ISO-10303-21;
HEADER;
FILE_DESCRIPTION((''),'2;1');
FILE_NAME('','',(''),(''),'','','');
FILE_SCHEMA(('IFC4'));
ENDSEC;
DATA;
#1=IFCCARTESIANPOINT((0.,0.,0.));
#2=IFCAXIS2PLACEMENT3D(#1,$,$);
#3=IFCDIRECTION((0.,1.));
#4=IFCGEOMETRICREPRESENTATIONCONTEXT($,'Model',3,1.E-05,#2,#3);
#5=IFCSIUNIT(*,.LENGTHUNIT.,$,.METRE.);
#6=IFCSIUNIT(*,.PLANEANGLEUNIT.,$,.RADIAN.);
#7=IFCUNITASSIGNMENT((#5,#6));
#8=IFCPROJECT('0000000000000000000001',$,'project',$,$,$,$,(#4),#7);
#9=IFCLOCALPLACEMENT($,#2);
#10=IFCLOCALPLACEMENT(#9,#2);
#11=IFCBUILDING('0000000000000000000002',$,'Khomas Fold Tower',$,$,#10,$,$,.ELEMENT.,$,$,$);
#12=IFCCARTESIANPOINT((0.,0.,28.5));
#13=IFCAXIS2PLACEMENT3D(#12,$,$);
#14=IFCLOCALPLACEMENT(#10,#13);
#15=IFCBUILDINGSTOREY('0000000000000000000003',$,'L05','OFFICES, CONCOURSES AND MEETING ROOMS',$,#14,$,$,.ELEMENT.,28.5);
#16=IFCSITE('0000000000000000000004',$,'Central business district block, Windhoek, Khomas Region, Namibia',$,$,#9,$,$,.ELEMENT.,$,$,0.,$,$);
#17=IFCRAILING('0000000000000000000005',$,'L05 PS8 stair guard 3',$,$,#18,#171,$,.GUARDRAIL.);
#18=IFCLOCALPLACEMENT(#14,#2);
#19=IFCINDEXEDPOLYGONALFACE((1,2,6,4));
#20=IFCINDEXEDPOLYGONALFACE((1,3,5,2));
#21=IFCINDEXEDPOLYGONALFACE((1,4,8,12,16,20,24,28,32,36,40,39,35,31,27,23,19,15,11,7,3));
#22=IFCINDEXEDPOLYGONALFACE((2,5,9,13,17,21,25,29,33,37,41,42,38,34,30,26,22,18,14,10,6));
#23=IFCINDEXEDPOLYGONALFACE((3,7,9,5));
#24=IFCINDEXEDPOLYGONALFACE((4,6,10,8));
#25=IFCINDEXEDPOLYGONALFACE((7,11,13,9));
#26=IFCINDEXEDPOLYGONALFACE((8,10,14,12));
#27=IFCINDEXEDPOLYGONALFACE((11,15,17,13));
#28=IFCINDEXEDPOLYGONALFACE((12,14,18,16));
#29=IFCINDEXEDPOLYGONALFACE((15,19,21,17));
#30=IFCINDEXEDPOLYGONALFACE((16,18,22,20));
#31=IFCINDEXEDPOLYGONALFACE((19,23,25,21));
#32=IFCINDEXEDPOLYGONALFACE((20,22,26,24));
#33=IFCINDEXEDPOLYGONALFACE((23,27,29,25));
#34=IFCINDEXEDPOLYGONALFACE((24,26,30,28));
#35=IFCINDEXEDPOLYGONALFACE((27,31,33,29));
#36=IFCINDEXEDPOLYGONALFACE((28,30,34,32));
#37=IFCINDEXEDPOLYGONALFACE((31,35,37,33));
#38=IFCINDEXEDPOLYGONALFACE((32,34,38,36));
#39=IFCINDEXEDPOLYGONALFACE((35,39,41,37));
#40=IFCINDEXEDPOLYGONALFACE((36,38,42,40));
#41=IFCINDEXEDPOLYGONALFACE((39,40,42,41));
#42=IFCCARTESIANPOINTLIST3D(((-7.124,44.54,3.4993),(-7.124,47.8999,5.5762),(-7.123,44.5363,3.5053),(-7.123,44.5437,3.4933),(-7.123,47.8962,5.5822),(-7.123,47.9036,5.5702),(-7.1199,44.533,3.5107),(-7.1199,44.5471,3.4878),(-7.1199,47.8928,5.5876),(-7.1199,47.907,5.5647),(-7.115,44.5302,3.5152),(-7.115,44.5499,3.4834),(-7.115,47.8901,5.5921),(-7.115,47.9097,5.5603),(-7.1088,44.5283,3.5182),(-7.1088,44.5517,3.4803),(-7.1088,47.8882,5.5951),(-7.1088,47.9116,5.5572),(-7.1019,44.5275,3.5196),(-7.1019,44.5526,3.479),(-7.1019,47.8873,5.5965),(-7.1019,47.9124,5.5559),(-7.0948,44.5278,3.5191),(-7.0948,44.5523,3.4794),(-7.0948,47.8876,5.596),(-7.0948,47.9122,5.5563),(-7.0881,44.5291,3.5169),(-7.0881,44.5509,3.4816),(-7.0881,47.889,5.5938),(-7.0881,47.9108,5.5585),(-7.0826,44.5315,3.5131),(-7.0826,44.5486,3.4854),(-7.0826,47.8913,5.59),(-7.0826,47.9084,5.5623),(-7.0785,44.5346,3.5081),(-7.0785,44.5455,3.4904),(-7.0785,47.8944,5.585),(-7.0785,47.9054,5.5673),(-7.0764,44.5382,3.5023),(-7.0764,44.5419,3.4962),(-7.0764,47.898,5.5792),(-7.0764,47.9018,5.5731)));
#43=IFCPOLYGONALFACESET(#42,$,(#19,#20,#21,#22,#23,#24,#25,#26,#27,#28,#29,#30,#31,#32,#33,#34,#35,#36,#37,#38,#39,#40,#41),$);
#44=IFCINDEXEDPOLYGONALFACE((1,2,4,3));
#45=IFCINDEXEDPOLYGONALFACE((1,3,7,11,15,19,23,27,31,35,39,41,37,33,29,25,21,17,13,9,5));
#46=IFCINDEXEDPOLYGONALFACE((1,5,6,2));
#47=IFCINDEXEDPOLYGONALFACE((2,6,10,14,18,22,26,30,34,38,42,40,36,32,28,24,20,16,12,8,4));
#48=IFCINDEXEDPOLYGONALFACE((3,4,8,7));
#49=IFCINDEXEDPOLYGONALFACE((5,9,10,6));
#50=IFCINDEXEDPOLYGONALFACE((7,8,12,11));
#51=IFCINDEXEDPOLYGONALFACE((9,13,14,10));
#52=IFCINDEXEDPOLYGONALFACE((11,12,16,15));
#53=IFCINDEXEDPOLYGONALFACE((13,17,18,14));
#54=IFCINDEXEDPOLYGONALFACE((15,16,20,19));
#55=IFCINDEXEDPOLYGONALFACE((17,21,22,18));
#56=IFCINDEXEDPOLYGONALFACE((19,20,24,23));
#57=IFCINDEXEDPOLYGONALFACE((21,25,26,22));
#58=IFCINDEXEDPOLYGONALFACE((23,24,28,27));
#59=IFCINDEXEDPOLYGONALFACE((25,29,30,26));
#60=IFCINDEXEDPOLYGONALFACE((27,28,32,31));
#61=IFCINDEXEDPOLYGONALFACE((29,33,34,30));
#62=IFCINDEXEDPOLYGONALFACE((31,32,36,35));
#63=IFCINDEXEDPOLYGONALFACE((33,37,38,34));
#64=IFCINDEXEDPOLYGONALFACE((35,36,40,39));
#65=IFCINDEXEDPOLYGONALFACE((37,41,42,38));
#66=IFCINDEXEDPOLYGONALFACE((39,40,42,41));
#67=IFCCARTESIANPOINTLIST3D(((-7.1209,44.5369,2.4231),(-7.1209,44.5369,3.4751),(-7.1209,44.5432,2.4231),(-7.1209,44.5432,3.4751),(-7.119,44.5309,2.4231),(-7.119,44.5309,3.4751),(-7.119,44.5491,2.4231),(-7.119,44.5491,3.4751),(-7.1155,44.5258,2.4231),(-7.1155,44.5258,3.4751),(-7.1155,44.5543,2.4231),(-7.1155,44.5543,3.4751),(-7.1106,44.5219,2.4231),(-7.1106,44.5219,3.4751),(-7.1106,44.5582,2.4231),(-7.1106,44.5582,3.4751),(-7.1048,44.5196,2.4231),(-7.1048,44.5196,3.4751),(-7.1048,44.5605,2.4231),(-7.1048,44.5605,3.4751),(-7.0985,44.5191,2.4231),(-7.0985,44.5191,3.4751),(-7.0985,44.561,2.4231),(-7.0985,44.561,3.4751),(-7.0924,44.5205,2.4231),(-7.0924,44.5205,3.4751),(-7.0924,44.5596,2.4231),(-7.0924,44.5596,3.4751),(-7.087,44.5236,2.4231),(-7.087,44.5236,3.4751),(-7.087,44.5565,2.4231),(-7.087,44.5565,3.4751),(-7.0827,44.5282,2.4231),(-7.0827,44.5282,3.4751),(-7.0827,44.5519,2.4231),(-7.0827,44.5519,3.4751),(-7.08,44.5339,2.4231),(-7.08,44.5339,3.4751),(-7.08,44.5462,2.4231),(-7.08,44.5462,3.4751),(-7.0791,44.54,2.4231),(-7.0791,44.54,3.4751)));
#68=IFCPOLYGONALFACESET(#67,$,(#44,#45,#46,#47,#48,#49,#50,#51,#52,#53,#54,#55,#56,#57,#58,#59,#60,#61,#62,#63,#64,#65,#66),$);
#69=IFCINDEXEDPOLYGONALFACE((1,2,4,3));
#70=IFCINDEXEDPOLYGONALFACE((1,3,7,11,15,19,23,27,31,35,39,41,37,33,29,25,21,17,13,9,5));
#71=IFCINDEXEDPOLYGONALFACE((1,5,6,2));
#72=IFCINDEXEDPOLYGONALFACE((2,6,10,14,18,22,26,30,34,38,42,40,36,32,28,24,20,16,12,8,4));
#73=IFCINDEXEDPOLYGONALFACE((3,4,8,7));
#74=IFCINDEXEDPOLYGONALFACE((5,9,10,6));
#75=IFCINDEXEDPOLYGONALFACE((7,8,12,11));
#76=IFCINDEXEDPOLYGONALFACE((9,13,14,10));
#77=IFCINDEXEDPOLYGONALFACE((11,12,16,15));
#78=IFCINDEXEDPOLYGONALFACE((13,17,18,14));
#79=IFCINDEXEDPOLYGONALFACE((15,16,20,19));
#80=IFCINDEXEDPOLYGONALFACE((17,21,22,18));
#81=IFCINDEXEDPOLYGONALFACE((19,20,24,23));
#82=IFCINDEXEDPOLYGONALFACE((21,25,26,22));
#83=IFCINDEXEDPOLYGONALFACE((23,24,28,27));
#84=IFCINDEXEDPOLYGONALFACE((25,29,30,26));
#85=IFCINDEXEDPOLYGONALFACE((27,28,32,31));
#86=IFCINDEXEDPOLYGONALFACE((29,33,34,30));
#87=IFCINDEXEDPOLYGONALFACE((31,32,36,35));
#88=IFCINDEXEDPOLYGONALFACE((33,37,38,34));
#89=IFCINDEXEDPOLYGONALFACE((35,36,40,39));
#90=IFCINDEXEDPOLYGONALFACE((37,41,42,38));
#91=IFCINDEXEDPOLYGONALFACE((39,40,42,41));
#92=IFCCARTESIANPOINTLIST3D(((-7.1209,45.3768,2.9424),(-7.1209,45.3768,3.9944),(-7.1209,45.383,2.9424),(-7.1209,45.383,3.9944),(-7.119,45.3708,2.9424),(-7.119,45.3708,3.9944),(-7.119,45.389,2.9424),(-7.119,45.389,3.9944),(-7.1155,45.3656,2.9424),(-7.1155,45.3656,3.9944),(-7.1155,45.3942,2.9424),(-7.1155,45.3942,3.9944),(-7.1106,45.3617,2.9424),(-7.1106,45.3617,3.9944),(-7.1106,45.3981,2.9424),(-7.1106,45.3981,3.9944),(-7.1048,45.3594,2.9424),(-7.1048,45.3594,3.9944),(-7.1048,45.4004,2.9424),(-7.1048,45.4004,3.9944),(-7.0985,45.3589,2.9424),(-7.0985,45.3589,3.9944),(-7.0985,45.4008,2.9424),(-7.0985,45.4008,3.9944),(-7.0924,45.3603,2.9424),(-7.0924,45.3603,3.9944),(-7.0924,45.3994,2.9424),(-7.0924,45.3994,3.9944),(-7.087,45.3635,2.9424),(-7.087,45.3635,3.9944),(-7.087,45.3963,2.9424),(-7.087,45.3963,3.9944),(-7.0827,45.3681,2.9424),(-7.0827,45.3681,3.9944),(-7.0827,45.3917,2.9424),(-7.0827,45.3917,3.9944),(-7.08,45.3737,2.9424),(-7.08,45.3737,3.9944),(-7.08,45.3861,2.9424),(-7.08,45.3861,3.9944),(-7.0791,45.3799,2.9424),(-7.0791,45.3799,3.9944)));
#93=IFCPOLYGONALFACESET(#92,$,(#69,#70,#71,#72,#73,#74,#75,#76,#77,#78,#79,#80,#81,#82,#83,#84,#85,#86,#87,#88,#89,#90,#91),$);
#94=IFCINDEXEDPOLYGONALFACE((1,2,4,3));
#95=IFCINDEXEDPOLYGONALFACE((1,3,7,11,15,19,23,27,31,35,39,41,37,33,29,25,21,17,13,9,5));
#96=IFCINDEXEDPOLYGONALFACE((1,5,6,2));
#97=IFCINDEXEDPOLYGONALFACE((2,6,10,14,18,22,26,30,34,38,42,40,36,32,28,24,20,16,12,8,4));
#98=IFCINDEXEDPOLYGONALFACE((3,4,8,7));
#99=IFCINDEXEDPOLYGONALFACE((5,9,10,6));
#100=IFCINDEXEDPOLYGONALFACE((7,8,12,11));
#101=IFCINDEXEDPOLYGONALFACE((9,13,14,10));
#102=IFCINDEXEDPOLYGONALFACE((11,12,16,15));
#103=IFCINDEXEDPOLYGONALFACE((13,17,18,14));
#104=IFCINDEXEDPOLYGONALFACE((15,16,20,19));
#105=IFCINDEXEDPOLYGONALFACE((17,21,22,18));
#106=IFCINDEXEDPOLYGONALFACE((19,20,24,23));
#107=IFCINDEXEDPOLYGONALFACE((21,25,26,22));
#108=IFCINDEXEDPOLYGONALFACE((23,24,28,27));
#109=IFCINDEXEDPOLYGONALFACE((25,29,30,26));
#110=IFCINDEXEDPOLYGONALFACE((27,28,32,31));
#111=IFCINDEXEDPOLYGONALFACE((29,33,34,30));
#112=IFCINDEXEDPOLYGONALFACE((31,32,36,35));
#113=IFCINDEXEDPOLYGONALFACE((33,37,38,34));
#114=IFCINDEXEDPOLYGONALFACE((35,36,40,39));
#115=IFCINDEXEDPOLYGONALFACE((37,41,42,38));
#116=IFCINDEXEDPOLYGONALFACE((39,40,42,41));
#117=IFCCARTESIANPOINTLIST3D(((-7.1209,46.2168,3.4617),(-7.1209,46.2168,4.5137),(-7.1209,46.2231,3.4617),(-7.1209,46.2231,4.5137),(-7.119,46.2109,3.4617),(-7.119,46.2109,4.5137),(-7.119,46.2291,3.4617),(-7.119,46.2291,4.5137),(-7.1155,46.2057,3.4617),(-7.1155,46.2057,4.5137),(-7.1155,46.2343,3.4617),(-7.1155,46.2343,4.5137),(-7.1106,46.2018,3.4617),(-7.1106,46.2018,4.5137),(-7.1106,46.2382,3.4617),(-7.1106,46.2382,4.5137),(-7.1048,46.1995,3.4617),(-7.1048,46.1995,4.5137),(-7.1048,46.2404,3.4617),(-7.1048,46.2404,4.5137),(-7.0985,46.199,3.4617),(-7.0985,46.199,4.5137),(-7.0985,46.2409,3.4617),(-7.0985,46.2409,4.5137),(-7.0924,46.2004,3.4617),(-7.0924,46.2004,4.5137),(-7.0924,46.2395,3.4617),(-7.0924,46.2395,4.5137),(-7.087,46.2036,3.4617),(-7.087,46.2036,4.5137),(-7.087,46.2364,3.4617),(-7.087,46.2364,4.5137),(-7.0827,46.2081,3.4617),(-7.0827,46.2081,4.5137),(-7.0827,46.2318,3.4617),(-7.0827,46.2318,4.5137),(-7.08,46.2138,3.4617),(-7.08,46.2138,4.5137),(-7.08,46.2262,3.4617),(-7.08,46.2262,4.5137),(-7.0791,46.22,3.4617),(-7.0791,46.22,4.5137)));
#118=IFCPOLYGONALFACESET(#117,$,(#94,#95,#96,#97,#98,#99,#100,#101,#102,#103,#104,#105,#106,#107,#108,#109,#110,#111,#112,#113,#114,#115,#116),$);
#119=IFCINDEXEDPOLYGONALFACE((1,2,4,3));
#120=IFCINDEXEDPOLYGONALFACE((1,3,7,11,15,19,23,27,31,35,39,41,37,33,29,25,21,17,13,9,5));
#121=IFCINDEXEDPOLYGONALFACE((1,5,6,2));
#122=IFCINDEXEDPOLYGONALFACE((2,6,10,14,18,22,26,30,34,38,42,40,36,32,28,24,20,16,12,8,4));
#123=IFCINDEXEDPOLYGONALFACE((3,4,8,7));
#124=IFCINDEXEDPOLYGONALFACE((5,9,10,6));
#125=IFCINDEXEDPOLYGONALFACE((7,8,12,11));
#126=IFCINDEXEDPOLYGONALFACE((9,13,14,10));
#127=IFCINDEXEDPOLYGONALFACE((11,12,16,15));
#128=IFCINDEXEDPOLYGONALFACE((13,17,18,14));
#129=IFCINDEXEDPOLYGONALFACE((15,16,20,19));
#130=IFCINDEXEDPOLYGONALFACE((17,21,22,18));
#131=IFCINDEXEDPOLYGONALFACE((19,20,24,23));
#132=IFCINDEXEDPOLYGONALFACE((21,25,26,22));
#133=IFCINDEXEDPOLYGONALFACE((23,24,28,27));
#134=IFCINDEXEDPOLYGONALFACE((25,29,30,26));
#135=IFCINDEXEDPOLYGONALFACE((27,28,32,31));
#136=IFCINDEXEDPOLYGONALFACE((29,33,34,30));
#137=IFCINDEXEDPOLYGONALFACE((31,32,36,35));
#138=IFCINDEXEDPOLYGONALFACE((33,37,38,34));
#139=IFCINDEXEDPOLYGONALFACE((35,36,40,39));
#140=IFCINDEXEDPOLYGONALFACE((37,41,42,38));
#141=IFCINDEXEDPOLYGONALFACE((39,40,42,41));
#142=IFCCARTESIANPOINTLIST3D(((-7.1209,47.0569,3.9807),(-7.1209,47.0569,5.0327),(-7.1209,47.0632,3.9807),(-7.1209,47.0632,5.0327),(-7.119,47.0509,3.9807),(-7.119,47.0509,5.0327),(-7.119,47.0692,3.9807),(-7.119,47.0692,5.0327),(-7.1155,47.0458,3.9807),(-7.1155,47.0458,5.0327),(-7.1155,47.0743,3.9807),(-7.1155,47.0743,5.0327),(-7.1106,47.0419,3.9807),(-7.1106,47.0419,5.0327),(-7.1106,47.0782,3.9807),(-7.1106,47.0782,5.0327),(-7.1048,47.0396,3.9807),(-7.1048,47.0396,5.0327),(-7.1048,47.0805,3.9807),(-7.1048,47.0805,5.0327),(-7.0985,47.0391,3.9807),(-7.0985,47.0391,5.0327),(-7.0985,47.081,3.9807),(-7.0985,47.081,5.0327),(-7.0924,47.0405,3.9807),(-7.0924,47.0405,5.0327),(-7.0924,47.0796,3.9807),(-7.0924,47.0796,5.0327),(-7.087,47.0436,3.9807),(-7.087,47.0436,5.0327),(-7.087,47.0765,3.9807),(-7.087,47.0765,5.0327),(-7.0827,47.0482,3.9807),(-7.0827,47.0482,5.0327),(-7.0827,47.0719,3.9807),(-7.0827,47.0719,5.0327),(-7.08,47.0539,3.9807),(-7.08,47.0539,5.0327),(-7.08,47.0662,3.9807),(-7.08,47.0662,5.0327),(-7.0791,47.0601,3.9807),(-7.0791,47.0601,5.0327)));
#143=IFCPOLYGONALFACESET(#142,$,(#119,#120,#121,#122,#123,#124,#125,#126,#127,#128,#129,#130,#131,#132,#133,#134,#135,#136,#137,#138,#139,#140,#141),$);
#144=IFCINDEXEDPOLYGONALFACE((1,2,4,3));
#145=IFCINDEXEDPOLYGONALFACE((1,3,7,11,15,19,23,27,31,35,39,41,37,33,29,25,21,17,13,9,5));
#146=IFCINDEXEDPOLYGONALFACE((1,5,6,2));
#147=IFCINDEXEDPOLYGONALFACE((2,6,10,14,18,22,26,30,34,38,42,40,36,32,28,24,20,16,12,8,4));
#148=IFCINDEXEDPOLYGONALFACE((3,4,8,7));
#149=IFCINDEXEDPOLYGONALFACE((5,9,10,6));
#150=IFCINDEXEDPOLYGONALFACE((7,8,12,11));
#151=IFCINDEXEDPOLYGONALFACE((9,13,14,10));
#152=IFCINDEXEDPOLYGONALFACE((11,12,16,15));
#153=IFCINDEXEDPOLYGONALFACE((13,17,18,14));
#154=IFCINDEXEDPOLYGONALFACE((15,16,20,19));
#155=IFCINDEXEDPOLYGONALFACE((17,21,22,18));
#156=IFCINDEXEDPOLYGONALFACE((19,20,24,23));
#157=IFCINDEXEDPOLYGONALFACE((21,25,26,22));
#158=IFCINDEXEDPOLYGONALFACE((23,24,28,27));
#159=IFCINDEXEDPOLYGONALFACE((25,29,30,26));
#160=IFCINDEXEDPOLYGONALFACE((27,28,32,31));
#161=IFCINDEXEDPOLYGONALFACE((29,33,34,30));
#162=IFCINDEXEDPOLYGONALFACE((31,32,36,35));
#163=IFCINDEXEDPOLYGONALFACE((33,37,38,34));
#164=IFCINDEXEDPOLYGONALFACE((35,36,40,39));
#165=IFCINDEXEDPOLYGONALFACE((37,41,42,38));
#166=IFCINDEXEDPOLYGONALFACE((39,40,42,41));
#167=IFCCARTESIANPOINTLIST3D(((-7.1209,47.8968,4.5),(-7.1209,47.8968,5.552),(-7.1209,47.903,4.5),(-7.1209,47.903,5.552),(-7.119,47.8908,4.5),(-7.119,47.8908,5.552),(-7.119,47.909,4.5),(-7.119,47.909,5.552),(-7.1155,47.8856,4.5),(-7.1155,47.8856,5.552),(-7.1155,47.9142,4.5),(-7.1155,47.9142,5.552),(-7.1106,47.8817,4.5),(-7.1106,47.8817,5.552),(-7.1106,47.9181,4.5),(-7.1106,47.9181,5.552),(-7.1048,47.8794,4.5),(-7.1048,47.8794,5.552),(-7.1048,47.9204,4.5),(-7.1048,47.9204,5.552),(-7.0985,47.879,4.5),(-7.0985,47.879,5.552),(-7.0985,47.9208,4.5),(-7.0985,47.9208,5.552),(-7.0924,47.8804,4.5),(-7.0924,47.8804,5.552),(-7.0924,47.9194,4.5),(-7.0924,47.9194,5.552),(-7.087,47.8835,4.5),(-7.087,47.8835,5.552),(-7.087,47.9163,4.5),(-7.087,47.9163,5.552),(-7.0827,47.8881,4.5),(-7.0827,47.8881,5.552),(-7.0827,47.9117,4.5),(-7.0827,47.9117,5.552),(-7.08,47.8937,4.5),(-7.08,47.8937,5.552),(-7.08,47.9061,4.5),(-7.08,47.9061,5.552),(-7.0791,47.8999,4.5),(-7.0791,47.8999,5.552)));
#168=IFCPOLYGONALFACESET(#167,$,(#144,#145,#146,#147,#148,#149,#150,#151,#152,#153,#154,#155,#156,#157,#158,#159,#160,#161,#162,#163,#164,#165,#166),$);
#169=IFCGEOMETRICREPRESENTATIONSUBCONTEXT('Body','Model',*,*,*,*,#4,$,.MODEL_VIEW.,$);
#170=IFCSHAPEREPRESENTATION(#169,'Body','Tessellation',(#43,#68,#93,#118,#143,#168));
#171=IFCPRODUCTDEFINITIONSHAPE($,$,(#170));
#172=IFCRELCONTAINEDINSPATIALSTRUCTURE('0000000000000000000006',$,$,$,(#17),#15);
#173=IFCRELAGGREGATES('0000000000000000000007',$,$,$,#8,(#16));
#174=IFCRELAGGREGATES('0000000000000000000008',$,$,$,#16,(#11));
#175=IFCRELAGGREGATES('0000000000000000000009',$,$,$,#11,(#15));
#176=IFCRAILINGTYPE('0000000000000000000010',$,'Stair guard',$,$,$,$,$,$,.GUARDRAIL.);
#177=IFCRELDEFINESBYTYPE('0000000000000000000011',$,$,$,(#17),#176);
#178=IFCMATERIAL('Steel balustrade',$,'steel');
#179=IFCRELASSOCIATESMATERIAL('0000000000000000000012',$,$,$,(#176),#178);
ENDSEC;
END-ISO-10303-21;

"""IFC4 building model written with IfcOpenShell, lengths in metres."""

from ifc_helpers import new_model, si_unit, direction, frame, origin, origin_2d, place, context, subcontext, project, spatial, circle, extrude, source, transform, mapped, material, type_object, element, save


model = new_model("IFC4")

# Units and contexts
model_context = context("Model", 3, precision=1e-05, world=origin(), true_north=direction((0.0, 1.0)))
body_context = subcontext(model_context, "Body", "Model", "MODEL_VIEW")
ifc_project = project(units=[si_unit("LENGTHUNIT", "METRE"), si_unit("PLANEANGLEUNIT", "RADIAN")], contexts=[model_context])

# Site, building, storey
site_placement = place(None, origin())
site = spatial("IfcSite", under=ifc_project, at=site_placement, Name="Central business district block, Windhoek, Khomas Region, Namibia", CompositionType="ELEMENT", RefElevation=0.0)
building_placement = place(site_placement, origin())
building = spatial("IfcBuilding", under=site, at=building_placement, Name="Khomas Fold Tower", CompositionType="ELEMENT")
storey_placement = place(building_placement, frame((0.0, 0.0, 28.5)))
storey = spatial("IfcBuildingStorey", under=building, at=storey_placement, Name="L05", Description="OFFICES, CONCOURSES AND MEETING ROOMS", CompositionType="ELEMENT", Elevation=28.5)

# Railing
ifc_material_1 = material(Name="Steel balustrade", Category="steel")
railing_type_1 = type_object("IfcRailingType", Name="Stair guard", PredefinedType="GUARDRAIL", material=ifc_material_1)
shared_shape_1 = source(origin(), body_context, "Body", "SweptSolid", [
    extrude(circle(Radius=0.0239, at=origin_2d()), frame((0.0, 0.0, 1.0762), z_axis=(0.0, 0.850606, 0.525803), x_axis=(-1.0, 0.0, 0.0)), (0.0, 0.0, 1.0), 3.95),
    extrude(circle(Radius=0.021, at=origin_2d()), origin(), (0.0, 0.0, 1.0), 1.052),
    extrude(circle(Radius=0.021, at=origin_2d()), frame((0.0, 0.8398, 0.5193)), (0.0, 0.0, 1.0), 1.052),
    extrude(circle(Radius=0.021, at=origin_2d()), frame((0.0, 1.6799, 1.0386)), (0.0, 0.0, 1.0), 1.052),
    extrude(circle(Radius=0.021, at=origin_2d()), frame((0.0, 2.52, 1.5576)), (0.0, 0.0, 1.0), 1.052),
    extrude(circle(Radius=0.021, at=origin_2d()), frame((0.0, 3.3599, 2.0769)), (0.0, 0.0, 1.0), 1.052),
])
railing_1_placement = place(storey_placement, frame((-7.1001, 44.54, 2.4231)))
element("IfcRailing", 1, at=railing_1_placement, inside=storey, type_object=railing_type_1, Name="L05 PS8 stair guard 3", PredefinedType="GUARDRAIL", context=body_context, shape_type="MappedRepresentation", body=[
    mapped(shared_shape_1, transform((0.0, 0.0, 0.0))),
])

save(model, "model.ifc")
